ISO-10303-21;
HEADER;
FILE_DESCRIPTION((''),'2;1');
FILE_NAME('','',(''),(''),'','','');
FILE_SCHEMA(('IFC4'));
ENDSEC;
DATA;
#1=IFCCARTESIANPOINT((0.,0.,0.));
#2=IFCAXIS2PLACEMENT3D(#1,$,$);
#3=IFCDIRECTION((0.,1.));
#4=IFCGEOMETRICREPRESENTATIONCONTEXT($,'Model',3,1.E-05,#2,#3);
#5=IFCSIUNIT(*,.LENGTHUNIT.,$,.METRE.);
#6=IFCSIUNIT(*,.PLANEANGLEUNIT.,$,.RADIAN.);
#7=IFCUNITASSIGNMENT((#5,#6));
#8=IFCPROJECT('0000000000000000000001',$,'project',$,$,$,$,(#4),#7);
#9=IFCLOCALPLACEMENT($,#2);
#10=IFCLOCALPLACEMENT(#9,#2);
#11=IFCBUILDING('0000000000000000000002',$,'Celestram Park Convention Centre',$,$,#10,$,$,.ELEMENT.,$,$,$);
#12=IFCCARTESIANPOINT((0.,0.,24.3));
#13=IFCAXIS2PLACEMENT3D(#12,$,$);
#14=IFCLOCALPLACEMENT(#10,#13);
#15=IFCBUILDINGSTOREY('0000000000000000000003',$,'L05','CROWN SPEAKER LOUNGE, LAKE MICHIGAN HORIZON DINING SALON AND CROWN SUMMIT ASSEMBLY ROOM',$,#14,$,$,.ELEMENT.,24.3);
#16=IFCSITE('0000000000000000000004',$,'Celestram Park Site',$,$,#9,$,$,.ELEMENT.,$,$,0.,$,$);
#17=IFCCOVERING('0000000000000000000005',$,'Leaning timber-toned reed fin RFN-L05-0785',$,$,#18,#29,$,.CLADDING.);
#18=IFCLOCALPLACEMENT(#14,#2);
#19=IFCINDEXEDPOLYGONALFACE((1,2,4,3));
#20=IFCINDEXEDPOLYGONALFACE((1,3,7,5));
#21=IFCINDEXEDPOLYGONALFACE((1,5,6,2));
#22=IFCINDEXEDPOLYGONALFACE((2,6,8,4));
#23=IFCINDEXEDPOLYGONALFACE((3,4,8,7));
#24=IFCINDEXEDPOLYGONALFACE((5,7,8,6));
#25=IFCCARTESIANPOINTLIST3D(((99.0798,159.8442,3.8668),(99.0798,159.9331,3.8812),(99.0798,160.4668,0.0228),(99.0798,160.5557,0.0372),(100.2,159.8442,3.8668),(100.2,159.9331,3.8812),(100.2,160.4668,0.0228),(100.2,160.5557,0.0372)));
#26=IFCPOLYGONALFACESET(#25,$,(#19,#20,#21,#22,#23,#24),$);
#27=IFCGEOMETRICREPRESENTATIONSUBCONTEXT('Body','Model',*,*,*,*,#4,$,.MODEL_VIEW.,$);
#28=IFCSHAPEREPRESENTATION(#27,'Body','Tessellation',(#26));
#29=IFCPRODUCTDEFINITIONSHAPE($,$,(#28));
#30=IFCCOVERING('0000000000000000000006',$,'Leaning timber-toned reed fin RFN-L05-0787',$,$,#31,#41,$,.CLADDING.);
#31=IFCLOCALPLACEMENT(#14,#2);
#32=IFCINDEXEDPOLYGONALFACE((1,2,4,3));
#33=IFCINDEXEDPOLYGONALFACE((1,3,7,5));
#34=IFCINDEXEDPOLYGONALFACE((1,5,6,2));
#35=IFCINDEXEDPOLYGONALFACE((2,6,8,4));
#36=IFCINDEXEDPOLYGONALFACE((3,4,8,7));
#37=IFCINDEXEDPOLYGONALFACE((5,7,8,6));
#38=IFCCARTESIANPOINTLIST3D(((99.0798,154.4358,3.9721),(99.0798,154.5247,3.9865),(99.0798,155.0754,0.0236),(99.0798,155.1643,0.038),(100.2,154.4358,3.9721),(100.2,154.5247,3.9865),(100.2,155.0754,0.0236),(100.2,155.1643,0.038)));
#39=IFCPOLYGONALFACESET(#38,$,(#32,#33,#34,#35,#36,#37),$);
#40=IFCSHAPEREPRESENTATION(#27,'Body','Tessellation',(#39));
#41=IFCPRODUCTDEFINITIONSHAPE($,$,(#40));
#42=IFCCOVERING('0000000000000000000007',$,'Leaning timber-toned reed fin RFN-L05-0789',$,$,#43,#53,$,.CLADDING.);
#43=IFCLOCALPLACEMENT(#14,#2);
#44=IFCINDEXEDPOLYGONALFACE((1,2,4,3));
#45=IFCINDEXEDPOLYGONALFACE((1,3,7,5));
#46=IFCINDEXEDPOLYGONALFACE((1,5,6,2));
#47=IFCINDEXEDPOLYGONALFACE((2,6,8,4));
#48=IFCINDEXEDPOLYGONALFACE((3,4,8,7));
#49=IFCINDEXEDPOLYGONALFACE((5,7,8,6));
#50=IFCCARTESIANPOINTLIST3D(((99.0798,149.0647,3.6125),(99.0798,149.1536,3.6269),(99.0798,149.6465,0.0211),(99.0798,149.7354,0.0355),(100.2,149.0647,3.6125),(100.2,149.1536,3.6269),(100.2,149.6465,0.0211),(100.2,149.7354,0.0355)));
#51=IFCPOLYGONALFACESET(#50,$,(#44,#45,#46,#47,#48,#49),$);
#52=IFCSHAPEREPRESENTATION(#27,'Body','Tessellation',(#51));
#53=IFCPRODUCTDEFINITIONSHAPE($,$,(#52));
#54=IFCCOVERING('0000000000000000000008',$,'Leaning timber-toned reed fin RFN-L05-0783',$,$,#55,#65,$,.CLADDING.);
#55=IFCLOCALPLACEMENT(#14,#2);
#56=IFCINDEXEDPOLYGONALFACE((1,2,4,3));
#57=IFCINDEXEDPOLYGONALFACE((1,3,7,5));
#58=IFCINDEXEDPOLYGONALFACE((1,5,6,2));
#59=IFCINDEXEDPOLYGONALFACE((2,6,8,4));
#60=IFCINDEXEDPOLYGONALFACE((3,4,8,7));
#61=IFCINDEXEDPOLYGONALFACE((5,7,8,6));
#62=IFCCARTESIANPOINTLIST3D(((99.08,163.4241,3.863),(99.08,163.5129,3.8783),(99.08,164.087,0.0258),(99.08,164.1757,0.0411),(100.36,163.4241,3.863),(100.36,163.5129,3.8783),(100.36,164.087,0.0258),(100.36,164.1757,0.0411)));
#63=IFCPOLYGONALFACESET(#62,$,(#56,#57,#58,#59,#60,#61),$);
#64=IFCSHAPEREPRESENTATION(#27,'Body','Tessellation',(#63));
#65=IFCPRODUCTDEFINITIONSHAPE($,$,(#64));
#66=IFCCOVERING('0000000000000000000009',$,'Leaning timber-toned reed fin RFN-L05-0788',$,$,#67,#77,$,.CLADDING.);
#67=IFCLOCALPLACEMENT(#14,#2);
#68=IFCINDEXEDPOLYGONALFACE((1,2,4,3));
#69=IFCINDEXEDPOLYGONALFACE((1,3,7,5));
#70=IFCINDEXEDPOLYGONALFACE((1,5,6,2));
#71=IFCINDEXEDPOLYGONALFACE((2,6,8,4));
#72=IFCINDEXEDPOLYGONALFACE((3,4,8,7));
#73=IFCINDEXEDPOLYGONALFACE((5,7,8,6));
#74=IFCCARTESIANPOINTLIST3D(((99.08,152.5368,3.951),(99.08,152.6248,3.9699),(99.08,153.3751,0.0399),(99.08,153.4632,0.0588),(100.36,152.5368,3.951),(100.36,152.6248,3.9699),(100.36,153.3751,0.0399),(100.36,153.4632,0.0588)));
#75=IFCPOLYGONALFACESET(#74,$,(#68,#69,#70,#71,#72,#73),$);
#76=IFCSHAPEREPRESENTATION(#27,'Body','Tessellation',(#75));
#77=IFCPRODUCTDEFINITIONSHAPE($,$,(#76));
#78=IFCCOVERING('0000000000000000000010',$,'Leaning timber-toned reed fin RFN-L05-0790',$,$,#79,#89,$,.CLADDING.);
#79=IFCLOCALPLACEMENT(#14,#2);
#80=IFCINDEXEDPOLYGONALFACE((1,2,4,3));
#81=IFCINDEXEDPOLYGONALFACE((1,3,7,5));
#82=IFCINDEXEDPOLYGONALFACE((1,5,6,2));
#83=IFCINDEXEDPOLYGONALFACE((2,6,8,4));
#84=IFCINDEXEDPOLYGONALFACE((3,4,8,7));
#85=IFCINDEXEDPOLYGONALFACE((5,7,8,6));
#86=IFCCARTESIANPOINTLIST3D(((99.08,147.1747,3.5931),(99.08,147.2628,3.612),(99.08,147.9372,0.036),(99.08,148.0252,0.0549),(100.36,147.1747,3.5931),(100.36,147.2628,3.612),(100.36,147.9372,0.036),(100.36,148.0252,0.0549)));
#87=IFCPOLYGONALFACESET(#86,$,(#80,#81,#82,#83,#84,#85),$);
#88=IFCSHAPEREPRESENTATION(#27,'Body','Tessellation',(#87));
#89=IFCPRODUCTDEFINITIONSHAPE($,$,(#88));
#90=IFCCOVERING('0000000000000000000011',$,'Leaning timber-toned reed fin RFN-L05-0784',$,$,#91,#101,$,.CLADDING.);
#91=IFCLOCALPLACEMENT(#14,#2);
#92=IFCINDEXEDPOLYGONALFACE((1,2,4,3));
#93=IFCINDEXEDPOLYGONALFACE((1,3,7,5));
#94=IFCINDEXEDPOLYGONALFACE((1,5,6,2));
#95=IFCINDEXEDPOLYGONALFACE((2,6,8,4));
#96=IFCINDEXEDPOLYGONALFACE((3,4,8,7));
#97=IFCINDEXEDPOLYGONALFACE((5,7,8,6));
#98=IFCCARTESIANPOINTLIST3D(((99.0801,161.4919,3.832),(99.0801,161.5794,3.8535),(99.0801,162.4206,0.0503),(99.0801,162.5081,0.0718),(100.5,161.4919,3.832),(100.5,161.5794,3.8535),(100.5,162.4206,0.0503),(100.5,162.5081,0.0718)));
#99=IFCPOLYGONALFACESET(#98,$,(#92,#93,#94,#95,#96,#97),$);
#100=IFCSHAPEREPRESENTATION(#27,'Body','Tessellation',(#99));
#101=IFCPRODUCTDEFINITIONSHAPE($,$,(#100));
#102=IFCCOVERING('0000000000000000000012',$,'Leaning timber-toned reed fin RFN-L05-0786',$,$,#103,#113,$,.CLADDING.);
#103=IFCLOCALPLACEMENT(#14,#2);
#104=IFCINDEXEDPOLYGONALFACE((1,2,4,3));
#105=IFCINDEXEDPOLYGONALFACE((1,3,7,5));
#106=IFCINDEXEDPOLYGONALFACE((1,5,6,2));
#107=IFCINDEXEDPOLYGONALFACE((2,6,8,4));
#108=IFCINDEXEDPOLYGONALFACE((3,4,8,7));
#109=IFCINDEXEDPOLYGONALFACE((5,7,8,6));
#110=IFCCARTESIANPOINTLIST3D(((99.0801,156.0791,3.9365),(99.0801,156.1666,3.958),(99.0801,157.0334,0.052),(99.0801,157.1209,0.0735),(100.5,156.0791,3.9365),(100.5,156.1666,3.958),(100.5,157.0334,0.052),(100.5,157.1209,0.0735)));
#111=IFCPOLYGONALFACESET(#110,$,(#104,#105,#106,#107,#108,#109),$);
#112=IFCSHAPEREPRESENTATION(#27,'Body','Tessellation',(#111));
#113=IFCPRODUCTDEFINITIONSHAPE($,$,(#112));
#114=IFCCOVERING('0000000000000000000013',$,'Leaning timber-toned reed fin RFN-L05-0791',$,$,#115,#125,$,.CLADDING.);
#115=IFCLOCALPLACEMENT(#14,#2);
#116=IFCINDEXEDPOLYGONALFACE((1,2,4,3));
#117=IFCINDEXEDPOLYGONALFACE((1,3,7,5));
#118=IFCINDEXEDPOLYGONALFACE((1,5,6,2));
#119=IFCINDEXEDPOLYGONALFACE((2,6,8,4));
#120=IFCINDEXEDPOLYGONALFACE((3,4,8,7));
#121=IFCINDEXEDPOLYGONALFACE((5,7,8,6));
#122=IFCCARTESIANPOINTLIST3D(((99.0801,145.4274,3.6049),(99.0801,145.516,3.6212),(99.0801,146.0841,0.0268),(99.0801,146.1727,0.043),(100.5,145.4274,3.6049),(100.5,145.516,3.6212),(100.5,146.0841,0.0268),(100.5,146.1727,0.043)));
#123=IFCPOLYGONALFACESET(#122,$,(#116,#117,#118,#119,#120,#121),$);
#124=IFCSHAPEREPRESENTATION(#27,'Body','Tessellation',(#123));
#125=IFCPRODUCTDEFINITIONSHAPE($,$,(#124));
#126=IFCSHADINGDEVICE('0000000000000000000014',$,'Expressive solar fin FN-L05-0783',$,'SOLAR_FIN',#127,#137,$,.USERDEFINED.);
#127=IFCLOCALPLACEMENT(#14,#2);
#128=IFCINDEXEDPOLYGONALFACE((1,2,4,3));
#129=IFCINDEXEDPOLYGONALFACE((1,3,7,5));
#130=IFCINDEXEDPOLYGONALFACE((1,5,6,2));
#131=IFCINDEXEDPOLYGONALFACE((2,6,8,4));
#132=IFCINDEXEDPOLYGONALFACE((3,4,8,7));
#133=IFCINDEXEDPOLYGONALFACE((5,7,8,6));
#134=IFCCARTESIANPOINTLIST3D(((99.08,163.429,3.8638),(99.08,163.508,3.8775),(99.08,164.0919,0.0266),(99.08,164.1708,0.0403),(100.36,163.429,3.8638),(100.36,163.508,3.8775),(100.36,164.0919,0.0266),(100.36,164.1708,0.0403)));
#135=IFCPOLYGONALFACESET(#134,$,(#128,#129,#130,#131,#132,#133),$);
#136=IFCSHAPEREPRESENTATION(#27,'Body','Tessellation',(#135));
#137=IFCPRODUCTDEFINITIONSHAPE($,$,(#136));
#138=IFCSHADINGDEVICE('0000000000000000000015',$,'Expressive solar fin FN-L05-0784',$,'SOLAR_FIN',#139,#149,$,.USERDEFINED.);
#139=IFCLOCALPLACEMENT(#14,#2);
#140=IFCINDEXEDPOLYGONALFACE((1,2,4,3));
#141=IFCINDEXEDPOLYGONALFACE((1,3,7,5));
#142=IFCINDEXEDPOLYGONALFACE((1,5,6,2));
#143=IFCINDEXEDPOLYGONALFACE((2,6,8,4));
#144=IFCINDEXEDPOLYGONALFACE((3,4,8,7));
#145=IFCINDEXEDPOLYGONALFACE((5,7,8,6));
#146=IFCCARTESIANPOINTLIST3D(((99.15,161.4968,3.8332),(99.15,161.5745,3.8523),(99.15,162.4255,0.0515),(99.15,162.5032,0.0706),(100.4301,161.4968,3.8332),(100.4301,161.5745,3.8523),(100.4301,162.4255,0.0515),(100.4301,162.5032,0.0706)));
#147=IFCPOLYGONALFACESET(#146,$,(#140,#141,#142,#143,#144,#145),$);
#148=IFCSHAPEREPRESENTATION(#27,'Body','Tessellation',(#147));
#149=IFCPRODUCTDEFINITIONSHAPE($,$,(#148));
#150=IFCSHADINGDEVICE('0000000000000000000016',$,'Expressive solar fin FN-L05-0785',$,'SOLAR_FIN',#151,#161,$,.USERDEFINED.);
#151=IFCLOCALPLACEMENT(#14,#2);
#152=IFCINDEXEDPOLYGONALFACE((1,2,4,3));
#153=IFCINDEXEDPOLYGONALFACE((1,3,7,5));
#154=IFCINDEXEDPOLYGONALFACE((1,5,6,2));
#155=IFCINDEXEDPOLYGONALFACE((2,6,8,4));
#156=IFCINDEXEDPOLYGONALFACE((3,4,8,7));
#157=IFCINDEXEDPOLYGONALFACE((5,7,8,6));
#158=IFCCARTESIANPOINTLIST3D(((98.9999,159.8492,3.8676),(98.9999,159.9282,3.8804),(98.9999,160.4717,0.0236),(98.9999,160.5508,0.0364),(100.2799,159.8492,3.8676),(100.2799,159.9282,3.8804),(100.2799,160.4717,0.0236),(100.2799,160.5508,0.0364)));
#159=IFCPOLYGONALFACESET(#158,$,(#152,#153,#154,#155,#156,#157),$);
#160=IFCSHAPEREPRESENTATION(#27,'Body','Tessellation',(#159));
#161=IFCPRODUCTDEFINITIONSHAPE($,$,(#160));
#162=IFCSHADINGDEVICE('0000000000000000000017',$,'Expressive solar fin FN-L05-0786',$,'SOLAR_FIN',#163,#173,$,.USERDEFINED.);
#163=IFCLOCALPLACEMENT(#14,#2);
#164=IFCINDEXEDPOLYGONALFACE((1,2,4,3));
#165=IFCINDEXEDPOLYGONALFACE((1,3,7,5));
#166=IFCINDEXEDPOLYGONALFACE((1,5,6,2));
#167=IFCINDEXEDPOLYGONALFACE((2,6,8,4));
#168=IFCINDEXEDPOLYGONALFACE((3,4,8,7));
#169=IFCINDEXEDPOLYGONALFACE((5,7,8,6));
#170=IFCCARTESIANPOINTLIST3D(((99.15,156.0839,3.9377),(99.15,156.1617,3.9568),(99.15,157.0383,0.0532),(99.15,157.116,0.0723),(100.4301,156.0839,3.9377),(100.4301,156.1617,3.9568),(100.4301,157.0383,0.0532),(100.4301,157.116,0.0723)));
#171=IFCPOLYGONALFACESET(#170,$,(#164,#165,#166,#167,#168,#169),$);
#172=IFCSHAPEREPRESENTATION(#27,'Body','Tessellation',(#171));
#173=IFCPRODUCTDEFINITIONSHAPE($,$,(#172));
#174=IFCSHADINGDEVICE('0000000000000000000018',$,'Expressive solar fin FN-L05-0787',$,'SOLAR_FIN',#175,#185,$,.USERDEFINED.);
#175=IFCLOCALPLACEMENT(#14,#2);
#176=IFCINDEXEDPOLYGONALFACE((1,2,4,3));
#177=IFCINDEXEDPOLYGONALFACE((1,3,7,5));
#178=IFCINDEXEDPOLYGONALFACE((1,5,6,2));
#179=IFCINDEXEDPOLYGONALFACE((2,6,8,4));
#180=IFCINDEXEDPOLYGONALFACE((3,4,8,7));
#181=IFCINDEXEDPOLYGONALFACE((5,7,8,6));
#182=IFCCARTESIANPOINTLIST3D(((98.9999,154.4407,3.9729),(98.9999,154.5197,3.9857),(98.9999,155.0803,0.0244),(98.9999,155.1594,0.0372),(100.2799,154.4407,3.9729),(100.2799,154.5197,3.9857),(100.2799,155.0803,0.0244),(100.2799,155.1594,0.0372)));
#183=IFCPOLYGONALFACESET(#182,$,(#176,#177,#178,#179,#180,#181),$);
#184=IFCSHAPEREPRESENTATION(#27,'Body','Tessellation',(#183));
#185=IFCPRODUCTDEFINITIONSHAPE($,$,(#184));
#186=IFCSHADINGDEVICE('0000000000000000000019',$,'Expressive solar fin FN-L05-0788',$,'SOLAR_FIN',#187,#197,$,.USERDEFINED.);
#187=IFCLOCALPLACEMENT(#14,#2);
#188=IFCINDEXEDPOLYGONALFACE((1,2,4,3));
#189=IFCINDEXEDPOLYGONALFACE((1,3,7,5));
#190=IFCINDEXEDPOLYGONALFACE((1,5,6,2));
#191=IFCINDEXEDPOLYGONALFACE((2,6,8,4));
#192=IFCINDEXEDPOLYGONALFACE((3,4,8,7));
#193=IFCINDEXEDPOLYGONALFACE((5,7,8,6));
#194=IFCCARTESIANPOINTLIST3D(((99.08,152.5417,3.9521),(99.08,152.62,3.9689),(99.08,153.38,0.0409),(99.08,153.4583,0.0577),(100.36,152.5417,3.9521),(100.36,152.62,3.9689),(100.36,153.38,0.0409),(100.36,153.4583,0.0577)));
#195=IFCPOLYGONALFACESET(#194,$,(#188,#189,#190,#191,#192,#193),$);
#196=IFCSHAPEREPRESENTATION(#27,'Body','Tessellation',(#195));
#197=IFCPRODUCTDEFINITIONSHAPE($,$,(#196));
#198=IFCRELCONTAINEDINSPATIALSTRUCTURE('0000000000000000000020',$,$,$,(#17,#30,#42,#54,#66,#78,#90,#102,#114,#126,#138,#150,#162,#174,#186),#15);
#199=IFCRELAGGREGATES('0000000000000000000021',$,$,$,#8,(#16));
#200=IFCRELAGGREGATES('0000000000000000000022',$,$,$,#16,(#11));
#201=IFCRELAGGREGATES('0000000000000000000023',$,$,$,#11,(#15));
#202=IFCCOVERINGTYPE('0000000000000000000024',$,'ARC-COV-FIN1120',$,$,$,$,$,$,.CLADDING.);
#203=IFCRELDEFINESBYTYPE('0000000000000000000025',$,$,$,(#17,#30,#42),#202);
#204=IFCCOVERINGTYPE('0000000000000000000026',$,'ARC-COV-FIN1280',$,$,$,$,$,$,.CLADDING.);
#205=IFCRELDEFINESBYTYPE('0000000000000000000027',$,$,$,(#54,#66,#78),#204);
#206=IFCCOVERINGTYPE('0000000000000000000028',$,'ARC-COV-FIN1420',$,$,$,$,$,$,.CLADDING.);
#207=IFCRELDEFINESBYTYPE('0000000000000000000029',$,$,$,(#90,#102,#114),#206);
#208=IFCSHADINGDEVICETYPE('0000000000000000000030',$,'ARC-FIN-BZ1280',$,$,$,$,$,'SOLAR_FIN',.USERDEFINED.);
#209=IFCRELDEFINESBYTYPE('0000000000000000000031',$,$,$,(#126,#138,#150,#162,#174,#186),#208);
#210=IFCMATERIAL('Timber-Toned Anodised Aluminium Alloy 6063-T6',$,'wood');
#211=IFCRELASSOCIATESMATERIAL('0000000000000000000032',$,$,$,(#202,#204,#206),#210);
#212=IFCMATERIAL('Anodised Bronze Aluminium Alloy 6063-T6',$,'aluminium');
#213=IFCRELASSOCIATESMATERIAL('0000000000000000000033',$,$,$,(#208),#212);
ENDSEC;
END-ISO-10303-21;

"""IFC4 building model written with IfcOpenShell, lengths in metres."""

from ifc_helpers import new_model, si_unit, direction, frame, origin, origin_2d, place, context, subcontext, project, spatial, rectangle, extrude, material, material_profile, profile_set, type_object, element, save


model = new_model("IFC4")

# Units and contexts
model_context = context("Model", 3, precision=1e-05, world=origin(), true_north=direction((0.0, 1.0)))
body_context = subcontext(model_context, "Body", "Model", "MODEL_VIEW")
ifc_project = project(units=[si_unit("LENGTHUNIT", "METRE"), si_unit("PLANEANGLEUNIT", "RADIAN")], contexts=[model_context])

# Site, building, storey
site_placement = place(None, origin())
site = spatial("IfcSite", under=ifc_project, at=site_placement, Name="Celestram Park Site", CompositionType="ELEMENT", RefElevation=0.0)
building_placement = place(site_placement, origin())
building = spatial("IfcBuilding", under=site, at=building_placement, Name="Celestram Park Convention Centre", CompositionType="ELEMENT")
storey_placement = place(building_placement, frame((0.0, 0.0, 24.3)))
storey = spatial("IfcBuildingStorey", under=building, at=storey_placement, Name="L05", Description="CROWN SPEAKER LOUNGE, LAKE MICHIGAN HORIZON DINING SALON AND CROWN SUMMIT ASSEMBLY ROOM", CompositionType="ELEMENT", Elevation=24.3)

# Coverings
ifc_material_1 = material(Name="Timber-Toned Anodised Aluminium Alloy 6063-T6", Category="wood")
ifc_material_profile_1 = material_profile(ifc_material_1, rectangle(XDim=1.1201, YDim=0.0901, at=origin_2d()), Name="REED1120X90")
ifc_profile_set_1 = profile_set([ifc_material_profile_1], Name="Timber-Toned Anodised Aluminium Alloy 6063-T6")
covering_type_1 = type_object("IfcCoveringType", Name="ARC-COV-FIN1120", PredefinedType="CLADDING", material=ifc_profile_set_1)
covering_1_placement = place(storey_placement, frame((99.6399, 160.5112, 0.03), z_axis=(0.0, -0.159873, 0.987138), x_axis=(1.0, 0.0, 0.0)))
element("IfcCovering", 1, at=covering_1_placement, inside=storey, type_object=covering_type_1, Name="Leaning timber-toned reed fin RFN-L05-0785", PredefinedType="CLADDING", context=body_context, shape_type="SweptSolid", body=[
    extrude(rectangle(XDim=1.1201, YDim=0.0901, at=origin_2d()), origin(), (0.0, 0.0, 1.0), 3.894),
])
covering_2_placement = place(storey_placement, frame((99.6399, 155.1199, 0.0308), z_axis=(0.0, -0.159914, 0.987131), x_axis=(1.0, 0.0, 0.0)))
element("IfcCovering", 2, at=covering_2_placement, inside=storey, type_object=covering_type_1, Name="Leaning timber-toned reed fin RFN-L05-0787", PredefinedType="CLADDING", context=body_context, shape_type="SweptSolid", body=[
    extrude(rectangle(XDim=1.1201, YDim=0.0901, at=origin_2d()), origin(), (0.0, 0.0, 1.0), 4.0),
])
covering_3_placement = place(storey_placement, frame((99.6399, 149.6909, 0.0283), z_axis=(0.0, -0.159914, 0.987131), x_axis=(1.0, 0.0, 0.0)))
element("IfcCovering", 3, at=covering_3_placement, inside=storey, type_object=covering_type_1, Name="Leaning timber-toned reed fin RFN-L05-0789", PredefinedType="CLADDING", context=body_context, shape_type="SweptSolid", body=[
    extrude(rectangle(XDim=1.1201, YDim=0.0901, at=origin_2d()), origin(), (0.0, 0.0, 1.0), 3.6382),
])
ifc_material_profile_2 = material_profile(ifc_material_1, rectangle(XDim=1.28, YDim=0.0901, at=origin_2d()), Name="REED1280X90")
ifc_profile_set_2 = profile_set([ifc_material_profile_2], Name="Timber-Toned Anodised Aluminium Alloy 6063-T6")
covering_type_2 = type_object("IfcCoveringType", Name="ARC-COV-FIN1280", PredefinedType="CLADDING", material=ifc_profile_set_2)
covering_4_placement = place(storey_placement, frame((99.72, 164.1313, 0.0334), z_axis=(0.0, -0.170222, 0.985406), x_axis=(1.0, 0.0, 0.0)))
element("IfcCovering", 4, at=covering_4_placement, inside=storey, type_object=covering_type_2, Name="Leaning timber-toned reed fin RFN-L05-0783", PredefinedType="CLADDING", context=body_context, shape_type="SweptSolid", body=[
    extrude(rectangle(XDim=1.28, YDim=0.0901, at=origin_2d()), origin(), (0.0, 0.0, 1.0), 3.894),
])
covering_5_placement = place(storey_placement, frame((99.72, 153.4192, 0.0493), z_axis=(0.0, -0.209596, 0.977788), x_axis=(1.0, 0.0, 0.0)))
element("IfcCovering", 5, at=covering_5_placement, inside=storey, type_object=covering_type_2, Name="Leaning timber-toned reed fin RFN-L05-0788", PredefinedType="CLADDING", context=body_context, shape_type="SweptSolid", body=[
    extrude(rectangle(XDim=1.28, YDim=0.0901, at=origin_2d()), origin(), (0.0, 0.0, 1.0), 4.0),
])
covering_6_placement = place(storey_placement, frame((99.72, 147.9812, 0.0454), z_axis=(0.0, -0.209584, 0.977791), x_axis=(1.0, 0.0, 0.0)))
element("IfcCovering", 6, at=covering_6_placement, inside=storey, type_object=covering_type_2, Name="Leaning timber-toned reed fin RFN-L05-0790", PredefinedType="CLADDING", context=body_context, shape_type="SweptSolid", body=[
    extrude(rectangle(XDim=1.28, YDim=0.0901, at=origin_2d()), origin(), (0.0, 0.0, 1.0), 3.6379),
])
ifc_material_profile_3 = material_profile(ifc_material_1, rectangle(XDim=1.4199, YDim=0.0901, at=origin_2d()), Name="REED1420X90")
ifc_profile_set_3 = profile_set([ifc_material_profile_3], Name="Timber-Toned Anodised Aluminium Alloy 6063-T6")
covering_type_3 = type_object("IfcCoveringType", Name="ARC-COV-FIN1420", PredefinedType="CLADDING", material=ifc_profile_set_3)
covering_7_placement = place(storey_placement, frame((99.79, 162.4644, 0.061), z_axis=(0.0, -0.238492, 0.971145), x_axis=(1.0, 0.0, 0.0)))
element("IfcCovering", 7, at=covering_7_placement, inside=storey, type_object=covering_type_3, Name="Leaning timber-toned reed fin RFN-L05-0784", PredefinedType="CLADDING", context=body_context, shape_type="SweptSolid", body=[
    extrude(rectangle(XDim=1.4199, YDim=0.0901, at=origin_2d()), origin(), (0.0, 0.0, 1.0), 3.894),
])
covering_8_placement = place(storey_placement, frame((99.79, 157.0771, 0.0627), z_axis=(0.0, -0.238584, 0.971122), x_axis=(1.0, 0.0, 0.0)))
element("IfcCovering", 8, at=covering_8_placement, inside=storey, type_object=covering_type_3, Name="Leaning timber-toned reed fin RFN-L05-0786", PredefinedType="CLADDING", context=body_context, shape_type="SweptSolid", body=[
    extrude(rectangle(XDim=1.4199, YDim=0.0901, at=origin_2d()), origin(), (0.0, 0.0, 1.0), 4.0),
])
covering_9_placement = place(storey_placement, frame((99.79, 146.1284, 0.0349), z_axis=(0.0, -0.180527, 0.98357), x_axis=(1.0, 0.0, 0.0)))
element("IfcCovering", 9, at=covering_9_placement, inside=storey, type_object=covering_type_3, Name="Leaning timber-toned reed fin RFN-L05-0791", PredefinedType="CLADDING", context=body_context, shape_type="SweptSolid", body=[
    extrude(rectangle(XDim=1.4199, YDim=0.0901, at=origin_2d()), origin(), (0.0, 0.0, 1.0), 3.6379),
])

# Shading devices
ifc_material_2 = material(Name="Anodised Bronze Aluminium Alloy 6063-T6", Category="aluminium")
ifc_material_profile_4 = material_profile(ifc_material_2, rectangle(XDim=1.28, YDim=0.0801, at=origin_2d()), Name="FIN1280X80")
ifc_profile_set_4 = profile_set([ifc_material_profile_4], Name="Anodised Bronze Aluminium Alloy 6063-T6")
shading_device_type = type_object("IfcShadingDeviceType", Name="ARC-FIN-BZ1280", ElementType="SOLAR_FIN", PredefinedType="USERDEFINED", material=ifc_profile_set_4)
for number, where, z_axis, x_axis, name in (
    (10, (99.72, 164.1313, 0.0334), (0.0, -0.170222, 0.985406), (1.0, 0.0, 0.0), "Expressive solar fin FN-L05-0783"),
    (11, (99.79, 162.4644, 0.061), (0.0, -0.238492, 0.971145), (1.0, 0.0, 0.0), "Expressive solar fin FN-L05-0784"),
    (12, (99.6399, 160.5112, 0.03), (0.0, -0.159873, 0.987138), (1.0, 0.0, 0.0), "Expressive solar fin FN-L05-0785"),
):
    element("IfcShadingDevice", number, at=place(storey_placement, frame(where, z_axis=z_axis, x_axis=x_axis)), inside=storey, type_object=shading_device_type, Name=name, ObjectType="SOLAR_FIN", PredefinedType="USERDEFINED", context=body_context, shape_type="SweptSolid", body=[
        extrude(rectangle(XDim=1.28, YDim=0.0801, at=origin_2d()), origin(), (0.0, 0.0, 1.0), 3.894),
    ])
for number, where, z_axis, x_axis, name in (
    (13, (99.79, 157.0771, 0.0627), (0.0, -0.238584, 0.971122), (1.0, 0.0, 0.0), "Expressive solar fin FN-L05-0786"),
    (14, (99.6399, 155.1199, 0.0308), (0.0, -0.159914, 0.987131), (1.0, 0.0, 0.0), "Expressive solar fin FN-L05-0787"),
    (15, (99.72, 153.4192, 0.0493), (0.0, -0.209596, 0.977788), (1.0, 0.0, 0.0), "Expressive solar fin FN-L05-0788"),
):
    element("IfcShadingDevice", number, at=place(storey_placement, frame(where, z_axis=z_axis, x_axis=x_axis)), inside=storey, type_object=shading_device_type, Name=name, ObjectType="SOLAR_FIN", PredefinedType="USERDEFINED", context=body_context, shape_type="SweptSolid", body=[
        extrude(rectangle(XDim=1.28, YDim=0.0801, at=origin_2d()), origin(), (0.0, 0.0, 1.0), 4.0),
    ])

save(model, "model.ifc")
